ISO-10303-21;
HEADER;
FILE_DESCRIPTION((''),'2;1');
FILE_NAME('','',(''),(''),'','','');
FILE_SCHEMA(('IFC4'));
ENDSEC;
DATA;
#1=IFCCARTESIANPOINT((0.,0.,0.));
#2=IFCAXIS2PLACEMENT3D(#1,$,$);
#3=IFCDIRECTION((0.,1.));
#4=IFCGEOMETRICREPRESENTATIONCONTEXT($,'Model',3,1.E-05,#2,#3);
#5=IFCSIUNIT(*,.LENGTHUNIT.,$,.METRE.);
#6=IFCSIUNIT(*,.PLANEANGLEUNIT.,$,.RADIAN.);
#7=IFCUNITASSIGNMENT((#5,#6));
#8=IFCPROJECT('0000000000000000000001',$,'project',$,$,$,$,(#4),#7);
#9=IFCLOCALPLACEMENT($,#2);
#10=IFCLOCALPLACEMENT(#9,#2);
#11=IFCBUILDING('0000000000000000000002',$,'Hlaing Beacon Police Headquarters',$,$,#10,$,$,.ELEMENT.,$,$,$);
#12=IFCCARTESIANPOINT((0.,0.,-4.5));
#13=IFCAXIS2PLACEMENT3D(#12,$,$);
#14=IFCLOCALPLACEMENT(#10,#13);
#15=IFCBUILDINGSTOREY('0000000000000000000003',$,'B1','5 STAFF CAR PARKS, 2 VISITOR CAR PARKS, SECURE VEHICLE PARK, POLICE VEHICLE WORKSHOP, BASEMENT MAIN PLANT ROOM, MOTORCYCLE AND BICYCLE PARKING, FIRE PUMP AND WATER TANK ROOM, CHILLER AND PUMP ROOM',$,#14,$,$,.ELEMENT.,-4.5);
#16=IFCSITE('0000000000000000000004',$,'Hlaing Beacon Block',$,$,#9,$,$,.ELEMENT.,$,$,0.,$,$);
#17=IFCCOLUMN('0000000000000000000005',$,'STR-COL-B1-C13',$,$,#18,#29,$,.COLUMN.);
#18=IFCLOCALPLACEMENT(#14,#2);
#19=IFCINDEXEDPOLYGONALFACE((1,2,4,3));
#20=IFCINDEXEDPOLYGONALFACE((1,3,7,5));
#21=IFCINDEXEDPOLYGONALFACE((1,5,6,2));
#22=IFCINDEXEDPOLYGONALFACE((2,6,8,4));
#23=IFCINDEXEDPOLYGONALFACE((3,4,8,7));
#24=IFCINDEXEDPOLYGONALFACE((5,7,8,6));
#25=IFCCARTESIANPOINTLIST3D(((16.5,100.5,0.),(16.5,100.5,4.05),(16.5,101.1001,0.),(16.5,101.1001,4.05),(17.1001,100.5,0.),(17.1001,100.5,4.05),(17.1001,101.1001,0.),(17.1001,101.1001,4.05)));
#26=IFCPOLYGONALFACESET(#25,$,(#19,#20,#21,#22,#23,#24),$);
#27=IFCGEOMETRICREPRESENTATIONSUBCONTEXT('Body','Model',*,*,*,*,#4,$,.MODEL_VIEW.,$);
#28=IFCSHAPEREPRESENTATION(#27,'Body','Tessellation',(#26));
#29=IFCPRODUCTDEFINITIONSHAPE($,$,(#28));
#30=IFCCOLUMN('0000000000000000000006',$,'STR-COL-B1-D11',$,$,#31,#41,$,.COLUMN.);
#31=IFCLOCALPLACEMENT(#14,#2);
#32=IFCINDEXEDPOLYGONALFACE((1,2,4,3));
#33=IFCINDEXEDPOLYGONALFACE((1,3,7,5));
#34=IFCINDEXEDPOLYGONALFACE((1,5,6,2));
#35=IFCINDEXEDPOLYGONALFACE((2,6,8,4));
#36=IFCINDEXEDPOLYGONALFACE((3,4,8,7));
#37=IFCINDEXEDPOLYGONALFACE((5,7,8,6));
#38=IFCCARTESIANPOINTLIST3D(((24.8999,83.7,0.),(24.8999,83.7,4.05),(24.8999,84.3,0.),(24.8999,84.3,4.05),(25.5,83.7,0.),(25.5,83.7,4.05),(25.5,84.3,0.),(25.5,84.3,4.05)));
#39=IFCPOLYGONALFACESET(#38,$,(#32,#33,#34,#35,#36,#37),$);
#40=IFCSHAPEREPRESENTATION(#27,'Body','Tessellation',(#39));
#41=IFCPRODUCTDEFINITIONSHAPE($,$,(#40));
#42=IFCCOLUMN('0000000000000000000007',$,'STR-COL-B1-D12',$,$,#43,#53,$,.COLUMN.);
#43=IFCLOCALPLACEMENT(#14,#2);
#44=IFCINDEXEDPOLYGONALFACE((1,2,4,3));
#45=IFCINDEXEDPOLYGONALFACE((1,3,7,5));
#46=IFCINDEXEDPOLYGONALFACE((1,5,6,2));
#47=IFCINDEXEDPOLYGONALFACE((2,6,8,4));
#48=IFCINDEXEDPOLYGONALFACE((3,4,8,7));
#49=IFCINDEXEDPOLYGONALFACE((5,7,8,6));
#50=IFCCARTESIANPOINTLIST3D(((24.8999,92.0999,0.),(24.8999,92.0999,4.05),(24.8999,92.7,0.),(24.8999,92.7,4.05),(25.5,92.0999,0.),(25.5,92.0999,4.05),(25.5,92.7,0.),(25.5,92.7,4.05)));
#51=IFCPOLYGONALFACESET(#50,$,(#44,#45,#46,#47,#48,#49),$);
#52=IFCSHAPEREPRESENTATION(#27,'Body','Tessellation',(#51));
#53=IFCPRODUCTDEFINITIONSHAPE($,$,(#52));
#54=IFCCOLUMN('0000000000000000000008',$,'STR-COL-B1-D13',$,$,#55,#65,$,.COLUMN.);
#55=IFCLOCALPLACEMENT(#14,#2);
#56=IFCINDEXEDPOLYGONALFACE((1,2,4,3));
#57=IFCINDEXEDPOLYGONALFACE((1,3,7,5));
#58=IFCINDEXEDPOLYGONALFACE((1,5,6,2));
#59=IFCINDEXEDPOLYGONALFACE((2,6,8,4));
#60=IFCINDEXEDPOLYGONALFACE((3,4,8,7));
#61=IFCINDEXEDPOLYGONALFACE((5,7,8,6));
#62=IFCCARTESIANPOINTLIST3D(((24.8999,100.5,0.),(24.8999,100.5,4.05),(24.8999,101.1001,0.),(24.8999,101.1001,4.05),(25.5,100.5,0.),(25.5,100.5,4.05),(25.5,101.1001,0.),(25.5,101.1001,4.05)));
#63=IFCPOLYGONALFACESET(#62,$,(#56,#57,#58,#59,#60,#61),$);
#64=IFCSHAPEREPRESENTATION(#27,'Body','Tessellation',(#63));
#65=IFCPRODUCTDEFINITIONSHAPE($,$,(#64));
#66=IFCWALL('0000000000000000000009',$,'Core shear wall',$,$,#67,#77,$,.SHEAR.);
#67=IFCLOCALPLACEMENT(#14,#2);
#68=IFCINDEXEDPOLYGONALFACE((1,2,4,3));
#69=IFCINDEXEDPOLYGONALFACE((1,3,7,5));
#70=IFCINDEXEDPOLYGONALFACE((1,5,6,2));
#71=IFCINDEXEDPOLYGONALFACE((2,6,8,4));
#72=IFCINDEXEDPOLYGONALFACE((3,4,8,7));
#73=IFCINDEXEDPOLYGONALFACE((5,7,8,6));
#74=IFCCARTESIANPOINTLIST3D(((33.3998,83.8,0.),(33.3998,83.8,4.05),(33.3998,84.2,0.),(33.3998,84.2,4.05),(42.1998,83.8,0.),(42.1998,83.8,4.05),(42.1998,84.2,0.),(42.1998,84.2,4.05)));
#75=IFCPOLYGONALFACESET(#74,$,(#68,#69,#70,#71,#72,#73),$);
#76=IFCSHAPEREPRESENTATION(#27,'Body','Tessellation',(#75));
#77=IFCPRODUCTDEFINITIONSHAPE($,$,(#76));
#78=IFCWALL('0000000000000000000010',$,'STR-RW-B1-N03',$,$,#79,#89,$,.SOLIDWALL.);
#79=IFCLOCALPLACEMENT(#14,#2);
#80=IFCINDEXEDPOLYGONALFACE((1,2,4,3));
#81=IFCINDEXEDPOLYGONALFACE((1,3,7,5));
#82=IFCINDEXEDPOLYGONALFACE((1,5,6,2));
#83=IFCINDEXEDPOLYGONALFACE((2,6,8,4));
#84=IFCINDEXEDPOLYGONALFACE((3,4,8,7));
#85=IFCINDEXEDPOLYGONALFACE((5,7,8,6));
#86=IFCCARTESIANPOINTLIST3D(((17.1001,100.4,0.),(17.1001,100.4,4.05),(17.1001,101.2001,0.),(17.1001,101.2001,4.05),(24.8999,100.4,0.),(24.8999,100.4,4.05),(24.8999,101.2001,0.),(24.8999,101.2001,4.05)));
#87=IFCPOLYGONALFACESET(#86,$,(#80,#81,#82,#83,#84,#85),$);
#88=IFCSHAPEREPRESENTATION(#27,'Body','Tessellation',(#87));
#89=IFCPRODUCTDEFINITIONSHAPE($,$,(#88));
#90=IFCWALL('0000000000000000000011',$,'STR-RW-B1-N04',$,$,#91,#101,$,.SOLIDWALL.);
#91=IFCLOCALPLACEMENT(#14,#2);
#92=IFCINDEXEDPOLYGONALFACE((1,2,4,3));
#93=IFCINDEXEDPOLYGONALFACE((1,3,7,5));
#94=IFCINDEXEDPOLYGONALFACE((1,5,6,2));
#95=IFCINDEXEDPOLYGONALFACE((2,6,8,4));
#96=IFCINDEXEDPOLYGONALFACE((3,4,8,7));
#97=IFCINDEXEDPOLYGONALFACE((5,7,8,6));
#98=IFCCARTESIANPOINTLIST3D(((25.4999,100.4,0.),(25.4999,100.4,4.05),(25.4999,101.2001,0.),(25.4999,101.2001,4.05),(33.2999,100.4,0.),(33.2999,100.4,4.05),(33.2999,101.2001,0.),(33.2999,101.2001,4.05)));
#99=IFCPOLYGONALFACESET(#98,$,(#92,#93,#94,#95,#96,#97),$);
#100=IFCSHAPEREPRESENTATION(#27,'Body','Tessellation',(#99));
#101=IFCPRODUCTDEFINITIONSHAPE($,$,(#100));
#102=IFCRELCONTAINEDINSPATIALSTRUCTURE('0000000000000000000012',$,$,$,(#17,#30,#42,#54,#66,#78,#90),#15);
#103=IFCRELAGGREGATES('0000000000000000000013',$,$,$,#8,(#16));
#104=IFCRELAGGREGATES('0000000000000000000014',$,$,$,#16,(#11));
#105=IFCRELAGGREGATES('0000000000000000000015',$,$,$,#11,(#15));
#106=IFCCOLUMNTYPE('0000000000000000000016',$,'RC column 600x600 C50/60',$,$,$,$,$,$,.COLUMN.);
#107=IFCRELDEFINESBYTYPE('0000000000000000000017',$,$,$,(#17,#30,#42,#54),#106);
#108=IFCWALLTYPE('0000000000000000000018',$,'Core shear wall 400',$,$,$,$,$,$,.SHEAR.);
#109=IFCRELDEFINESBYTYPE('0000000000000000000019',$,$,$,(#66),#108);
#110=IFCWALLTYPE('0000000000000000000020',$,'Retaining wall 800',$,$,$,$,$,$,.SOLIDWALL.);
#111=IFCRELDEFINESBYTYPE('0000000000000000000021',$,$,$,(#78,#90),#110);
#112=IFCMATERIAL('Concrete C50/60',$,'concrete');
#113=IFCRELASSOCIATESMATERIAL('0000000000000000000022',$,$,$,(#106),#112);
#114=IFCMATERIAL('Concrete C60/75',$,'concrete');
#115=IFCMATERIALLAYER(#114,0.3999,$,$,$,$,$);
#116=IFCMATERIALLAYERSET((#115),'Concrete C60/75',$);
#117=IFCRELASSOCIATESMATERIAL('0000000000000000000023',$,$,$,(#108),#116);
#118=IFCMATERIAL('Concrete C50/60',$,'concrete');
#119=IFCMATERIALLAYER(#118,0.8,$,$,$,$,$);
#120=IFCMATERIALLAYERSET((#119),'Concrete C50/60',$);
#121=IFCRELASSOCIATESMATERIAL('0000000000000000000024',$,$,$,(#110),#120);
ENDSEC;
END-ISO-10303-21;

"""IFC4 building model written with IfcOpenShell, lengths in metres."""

from ifc_helpers import new_model, si_unit, direction, frame, frame_2d, origin, origin_2d, place, context, subcontext, project, spatial, rectangle, extrude, material, layer, layer_set, material_profile, profile_set, type_object, element, save


model = new_model("IFC4")

# Units and contexts
model_context = context("Model", 3, precision=1e-05, world=origin(), true_north=direction((0.0, 1.0)))
body_context = subcontext(model_context, "Body", "Model", "MODEL_VIEW")
ifc_project = project(units=[si_unit("LENGTHUNIT", "METRE"), si_unit("PLANEANGLEUNIT", "RADIAN")], contexts=[model_context])

# Site, building, storey
site_placement = place(None, origin())
site = spatial("IfcSite", under=ifc_project, at=site_placement, Name="Hlaing Beacon Block", CompositionType="ELEMENT", RefElevation=0.0)
building_placement = place(site_placement, origin())
building = spatial("IfcBuilding", under=site, at=building_placement, Name="Hlaing Beacon Police Headquarters", CompositionType="ELEMENT")
storey_placement = place(building_placement, frame((0.0, 0.0, -4.5)))
storey = spatial("IfcBuildingStorey", under=building, at=storey_placement, Name="B1", Description="5 STAFF CAR PARKS, 2 VISITOR CAR PARKS, SECURE VEHICLE PARK, POLICE VEHICLE WORKSHOP, BASEMENT MAIN PLANT ROOM, MOTORCYCLE AND BICYCLE PARKING, FIRE PUMP AND WATER TANK ROOM, CHILLER AND PUMP ROOM", CompositionType="ELEMENT", Elevation=-4.5)

# Columns
ifc_material_1 = material(Name="Concrete C50/60", Category="concrete")
ifc_material_profile_1 = material_profile(ifc_material_1, rectangle(XDim=0.6001, YDim=0.6001, at=origin_2d()), Name="600x600")
ifc_profile_set_1 = profile_set([ifc_material_profile_1], Name="Concrete C50/60")
column_type = type_object("IfcColumnType", Name="RC column 600x600 C50/60", PredefinedType="COLUMN", material=ifc_profile_set_1)
for number, where, z_axis, x_axis, name in (
    (1, (16.8, 100.8, 0.0), (0.0, 0.0, 1.0), (1.0, 0.0, 0.0), "STR-COL-B1-C13"),
    (2, (25.2, 84.0, 0.0), (0.0, 0.0, 1.0), (1.0, 0.0, 0.0), "STR-COL-B1-D11"),
    (3, (25.2, 92.3999, 0.0), (0.0, 0.0, 1.0), (1.0, 0.0, 0.0), "STR-COL-B1-D12"),
    (4, (25.2, 100.8, 0.0), (0.0, 0.0, 1.0), (1.0, 0.0, 0.0), "STR-COL-B1-D13"),
):
    element("IfcColumn", number, at=place(storey_placement, frame(where, z_axis=z_axis, x_axis=x_axis)), inside=storey, type_object=column_type, Name=name, PredefinedType="COLUMN", context=body_context, shape_type="SweptSolid", body=[
        extrude(rectangle(XDim=0.6001, YDim=0.6001, at=origin_2d()), origin(), (0.0, 0.0, 1.0), 4.05),
    ])

# Walls
ifc_material_2 = material(Name="Concrete C60/75", Category="concrete")
ifc_layer_1 = layer(ifc_material_2, 0.3999)
ifc_layer_set_1 = layer_set([ifc_layer_1], Name="Concrete C60/75")
wall_type_1 = type_object("IfcWallType", Name="Core shear wall 400", PredefinedType="SHEAR", material=ifc_layer_set_1)
wall_1_placement = place(storey_placement, frame((33.3999, 84.0, 0.0), z_axis=(0.0, 0.0, 1.0), x_axis=(1.0, 0.0, 0.0)))
element("IfcWall", 5, at=wall_1_placement, inside=storey, type_object=wall_type_1, Name="Core shear wall", PredefinedType="SHEAR", context=body_context, shape_type="SweptSolid", body=[
    extrude(rectangle(XDim=8.8, YDim=0.3999, at=frame_2d((4.3999, 0.0))), origin(), (0.0, 0.0, 1.0), 4.05),
])
ifc_material_3 = material(Name="Concrete C50/60", Category="concrete")
ifc_layer_2 = layer(ifc_material_3, 0.8)
ifc_layer_set_2 = layer_set([ifc_layer_2], Name="Concrete C50/60")
wall_type_2 = type_object("IfcWallType", Name="Retaining wall 800", PredefinedType="SOLIDWALL", material=ifc_layer_set_2)
wall_2_placement = place(storey_placement, frame((17.1001, 100.8, 0.0), z_axis=(0.0, 0.0, 1.0), x_axis=(1.0, 0.0, 0.0)))
element("IfcWall", 6, at=wall_2_placement, inside=storey, type_object=wall_type_2, Name="STR-RW-B1-N03", PredefinedType="SOLIDWALL", context=body_context, shape_type="SweptSolid", body=[
    extrude(rectangle(XDim=7.7998, YDim=0.8, at=frame_2d((3.8999, 0.0))), origin(), (0.0, 0.0, 1.0), 4.05),
])
wall_3_placement = place(storey_placement, frame((25.5, 100.8, 0.0), z_axis=(0.0, 0.0, 1.0), x_axis=(1.0, 0.0, 0.0)))
element("IfcWall", 7, at=wall_3_placement, inside=storey, type_object=wall_type_2, Name="STR-RW-B1-N04", PredefinedType="SOLIDWALL", context=body_context, shape_type="SweptSolid", body=[
    extrude(rectangle(XDim=7.8, YDim=0.8, at=frame_2d((3.8999, 0.0))), origin(), (0.0, 0.0, 1.0), 4.05),
])

save(model, "model.ifc")
